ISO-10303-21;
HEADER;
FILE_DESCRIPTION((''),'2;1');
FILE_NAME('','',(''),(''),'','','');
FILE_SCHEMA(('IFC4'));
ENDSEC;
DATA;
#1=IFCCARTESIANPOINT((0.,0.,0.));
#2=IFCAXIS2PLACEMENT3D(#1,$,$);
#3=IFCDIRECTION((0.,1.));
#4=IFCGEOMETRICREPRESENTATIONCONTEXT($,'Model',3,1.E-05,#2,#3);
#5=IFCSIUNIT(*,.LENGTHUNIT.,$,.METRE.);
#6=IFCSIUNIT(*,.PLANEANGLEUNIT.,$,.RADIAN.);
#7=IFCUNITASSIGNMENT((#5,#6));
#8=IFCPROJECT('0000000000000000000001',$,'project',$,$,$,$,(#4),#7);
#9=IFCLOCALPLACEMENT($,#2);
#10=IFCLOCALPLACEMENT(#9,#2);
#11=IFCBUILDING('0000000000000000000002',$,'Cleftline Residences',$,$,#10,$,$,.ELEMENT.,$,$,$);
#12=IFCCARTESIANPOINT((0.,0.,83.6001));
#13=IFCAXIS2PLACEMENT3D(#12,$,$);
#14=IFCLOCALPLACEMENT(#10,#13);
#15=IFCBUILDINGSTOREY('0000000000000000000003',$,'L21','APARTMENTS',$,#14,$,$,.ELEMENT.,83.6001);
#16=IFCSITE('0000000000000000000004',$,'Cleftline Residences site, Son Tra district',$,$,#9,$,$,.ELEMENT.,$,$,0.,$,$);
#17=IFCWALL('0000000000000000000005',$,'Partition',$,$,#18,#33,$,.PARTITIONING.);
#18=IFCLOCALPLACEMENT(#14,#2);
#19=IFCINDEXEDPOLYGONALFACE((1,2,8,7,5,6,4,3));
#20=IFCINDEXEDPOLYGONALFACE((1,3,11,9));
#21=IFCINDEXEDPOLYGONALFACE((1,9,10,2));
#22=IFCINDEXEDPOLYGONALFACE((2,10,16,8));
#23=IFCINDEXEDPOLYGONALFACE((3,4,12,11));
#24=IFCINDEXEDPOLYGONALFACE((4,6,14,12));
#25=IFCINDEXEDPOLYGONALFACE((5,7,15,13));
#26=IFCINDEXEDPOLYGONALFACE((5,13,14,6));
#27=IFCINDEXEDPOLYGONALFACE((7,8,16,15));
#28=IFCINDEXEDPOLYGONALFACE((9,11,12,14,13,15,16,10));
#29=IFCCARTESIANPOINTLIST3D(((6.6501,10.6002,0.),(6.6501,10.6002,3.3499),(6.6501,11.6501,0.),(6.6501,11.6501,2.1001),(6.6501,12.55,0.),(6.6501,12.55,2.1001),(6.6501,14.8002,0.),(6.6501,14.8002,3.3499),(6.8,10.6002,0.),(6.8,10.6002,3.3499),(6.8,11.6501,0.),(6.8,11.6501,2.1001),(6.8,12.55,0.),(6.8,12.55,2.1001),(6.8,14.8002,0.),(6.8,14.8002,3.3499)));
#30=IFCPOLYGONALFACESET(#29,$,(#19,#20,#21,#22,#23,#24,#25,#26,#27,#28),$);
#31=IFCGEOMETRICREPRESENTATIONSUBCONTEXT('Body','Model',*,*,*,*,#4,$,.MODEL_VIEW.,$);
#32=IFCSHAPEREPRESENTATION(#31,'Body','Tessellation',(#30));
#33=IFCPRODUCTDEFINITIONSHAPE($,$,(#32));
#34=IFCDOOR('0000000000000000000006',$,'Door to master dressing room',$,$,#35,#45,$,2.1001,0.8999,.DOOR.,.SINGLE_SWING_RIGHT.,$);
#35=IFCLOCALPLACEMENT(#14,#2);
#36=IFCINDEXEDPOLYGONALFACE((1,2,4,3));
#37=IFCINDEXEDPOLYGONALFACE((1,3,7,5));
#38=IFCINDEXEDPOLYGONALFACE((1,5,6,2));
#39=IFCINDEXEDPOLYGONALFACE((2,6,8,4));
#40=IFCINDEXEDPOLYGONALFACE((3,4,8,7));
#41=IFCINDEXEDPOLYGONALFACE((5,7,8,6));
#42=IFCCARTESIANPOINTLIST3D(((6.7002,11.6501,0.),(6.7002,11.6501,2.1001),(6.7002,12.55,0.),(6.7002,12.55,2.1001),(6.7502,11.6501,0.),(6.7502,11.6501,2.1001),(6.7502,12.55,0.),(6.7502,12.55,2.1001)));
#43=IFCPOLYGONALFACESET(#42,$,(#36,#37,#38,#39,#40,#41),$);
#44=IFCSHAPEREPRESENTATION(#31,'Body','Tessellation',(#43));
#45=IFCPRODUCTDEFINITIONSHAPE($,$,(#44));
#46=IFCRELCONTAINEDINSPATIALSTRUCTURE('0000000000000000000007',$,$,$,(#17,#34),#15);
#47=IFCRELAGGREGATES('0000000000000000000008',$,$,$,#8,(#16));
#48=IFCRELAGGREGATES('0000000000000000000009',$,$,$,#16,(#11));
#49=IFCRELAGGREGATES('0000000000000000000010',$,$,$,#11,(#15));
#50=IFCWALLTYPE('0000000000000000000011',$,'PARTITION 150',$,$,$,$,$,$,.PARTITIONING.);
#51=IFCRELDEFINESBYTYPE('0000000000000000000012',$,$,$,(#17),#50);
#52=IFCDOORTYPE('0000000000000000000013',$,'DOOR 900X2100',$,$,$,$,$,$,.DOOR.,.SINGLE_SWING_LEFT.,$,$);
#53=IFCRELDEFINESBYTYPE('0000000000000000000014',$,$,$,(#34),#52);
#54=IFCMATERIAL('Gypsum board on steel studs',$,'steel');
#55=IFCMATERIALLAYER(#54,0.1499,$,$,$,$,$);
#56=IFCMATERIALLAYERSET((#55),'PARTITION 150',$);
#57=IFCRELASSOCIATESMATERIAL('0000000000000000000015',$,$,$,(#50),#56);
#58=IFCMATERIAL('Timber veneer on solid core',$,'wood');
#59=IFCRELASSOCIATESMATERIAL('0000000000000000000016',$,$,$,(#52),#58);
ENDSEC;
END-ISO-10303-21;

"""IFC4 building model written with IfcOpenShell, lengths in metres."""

from ifc_helpers import new_model, si_unit, direction, frame, frame_2d, origin, place, context, subcontext, project, spatial, rectangle, extrude, material, layer, layer_set, type_object, element, fill, save


model = new_model("IFC4")

# Units and contexts
model_context = context("Model", 3, precision=1e-05, world=origin(), true_north=direction((0.0, 1.0)))
body_context = subcontext(model_context, "Body", "Model", "MODEL_VIEW")
ifc_project = project(units=[si_unit("LENGTHUNIT", "METRE"), si_unit("PLANEANGLEUNIT", "RADIAN")], contexts=[model_context])

# Site, building, storey
site_placement = place(None, origin())
site = spatial("IfcSite", under=ifc_project, at=site_placement, Name="Cleftline Residences site, Son Tra district", CompositionType="ELEMENT", RefElevation=0.0)
building_placement = place(site_placement, origin())
building = spatial("IfcBuilding", under=site, at=building_placement, Name="Cleftline Residences", CompositionType="ELEMENT")
storey_placement = place(building_placement, frame((0.0, 0.0, 83.6001)))
storey = spatial("IfcBuildingStorey", under=building, at=storey_placement, Name="L21", Description="APARTMENTS", CompositionType="ELEMENT", Elevation=83.6001)

# Shared definitions
ifc_material_1 = material(Name="Gypsum board on steel studs", Category="steel")
ifc_layer = layer(ifc_material_1, 0.1499)
ifc_layer_set = layer_set([ifc_layer], Name="PARTITION 150")
wall_type = type_object("IfcWallType", Name="PARTITION 150", PredefinedType="PARTITIONING", material=ifc_layer_set)

# Wall, opening, door
ifc_material_2 = material(Name="Timber veneer on solid core", Category="wood")
door_type_1 = type_object("IfcDoorType", Name="DOOR 900X2100", OperationType="SINGLE_SWING_LEFT", PredefinedType="DOOR", material=ifc_material_2)
wall_1_placement = place(storey_placement, frame((6.7251, 10.6001, 0.0), z_axis=(0.0, 0.0, 1.0), x_axis=(0.0, 1.0, 0.0)))
wall_1 = element("IfcWall", 1, at=wall_1_placement, inside=storey, type_object=wall_type, Name="Partition", PredefinedType="PARTITIONING", context=body_context, shape_type="SweptSolid", body=[
    extrude(rectangle(XDim=4.2, YDim=0.1499, at=frame_2d((2.1001, 0.0))), origin(), (0.0, 0.0, 1.0), 3.3499),
])
opening_1_placement = place(wall_1_placement, frame((1.05, 0.0, 0.0)))
opening_1 = element("IfcOpeningElement", 2, at=opening_1_placement, cuts=wall_1, PredefinedType="OPENING", context=body_context, shape_type="SweptSolid", body=[
    extrude(rectangle(XDim=0.8999, YDim=2.1001, at=frame_2d((0.45, 1.05))), frame((0.0, 0.085, 0.0), z_axis=(0.0, -1.0, 0.0), x_axis=(1.0, 0.0, 0.0)), (0.0, 0.0, 1.0), 0.1699),
])
door_1_placement = place(opening_1_placement, origin())
door_1 = element("IfcDoor", 3, at=door_1_placement, inside=storey, type_object=door_type_1, Name="Door to master dressing room", OperationType="SINGLE_SWING_RIGHT", OverallHeight=2.1001, OverallWidth=0.8999, PredefinedType="DOOR", context=body_context, shape_type="SweptSolid", body=[
    extrude(rectangle(XDim=0.8999, YDim=2.1001, at=frame_2d((0.45, 1.05))), frame((0.0, 0.0249, 0.0), z_axis=(0.0, -1.0, 0.0), x_axis=(1.0, 0.0, 0.0)), (0.0, 0.0, 1.0), 0.05),
])
fill(opening_1, door_1)

save(model, "model.ifc")
